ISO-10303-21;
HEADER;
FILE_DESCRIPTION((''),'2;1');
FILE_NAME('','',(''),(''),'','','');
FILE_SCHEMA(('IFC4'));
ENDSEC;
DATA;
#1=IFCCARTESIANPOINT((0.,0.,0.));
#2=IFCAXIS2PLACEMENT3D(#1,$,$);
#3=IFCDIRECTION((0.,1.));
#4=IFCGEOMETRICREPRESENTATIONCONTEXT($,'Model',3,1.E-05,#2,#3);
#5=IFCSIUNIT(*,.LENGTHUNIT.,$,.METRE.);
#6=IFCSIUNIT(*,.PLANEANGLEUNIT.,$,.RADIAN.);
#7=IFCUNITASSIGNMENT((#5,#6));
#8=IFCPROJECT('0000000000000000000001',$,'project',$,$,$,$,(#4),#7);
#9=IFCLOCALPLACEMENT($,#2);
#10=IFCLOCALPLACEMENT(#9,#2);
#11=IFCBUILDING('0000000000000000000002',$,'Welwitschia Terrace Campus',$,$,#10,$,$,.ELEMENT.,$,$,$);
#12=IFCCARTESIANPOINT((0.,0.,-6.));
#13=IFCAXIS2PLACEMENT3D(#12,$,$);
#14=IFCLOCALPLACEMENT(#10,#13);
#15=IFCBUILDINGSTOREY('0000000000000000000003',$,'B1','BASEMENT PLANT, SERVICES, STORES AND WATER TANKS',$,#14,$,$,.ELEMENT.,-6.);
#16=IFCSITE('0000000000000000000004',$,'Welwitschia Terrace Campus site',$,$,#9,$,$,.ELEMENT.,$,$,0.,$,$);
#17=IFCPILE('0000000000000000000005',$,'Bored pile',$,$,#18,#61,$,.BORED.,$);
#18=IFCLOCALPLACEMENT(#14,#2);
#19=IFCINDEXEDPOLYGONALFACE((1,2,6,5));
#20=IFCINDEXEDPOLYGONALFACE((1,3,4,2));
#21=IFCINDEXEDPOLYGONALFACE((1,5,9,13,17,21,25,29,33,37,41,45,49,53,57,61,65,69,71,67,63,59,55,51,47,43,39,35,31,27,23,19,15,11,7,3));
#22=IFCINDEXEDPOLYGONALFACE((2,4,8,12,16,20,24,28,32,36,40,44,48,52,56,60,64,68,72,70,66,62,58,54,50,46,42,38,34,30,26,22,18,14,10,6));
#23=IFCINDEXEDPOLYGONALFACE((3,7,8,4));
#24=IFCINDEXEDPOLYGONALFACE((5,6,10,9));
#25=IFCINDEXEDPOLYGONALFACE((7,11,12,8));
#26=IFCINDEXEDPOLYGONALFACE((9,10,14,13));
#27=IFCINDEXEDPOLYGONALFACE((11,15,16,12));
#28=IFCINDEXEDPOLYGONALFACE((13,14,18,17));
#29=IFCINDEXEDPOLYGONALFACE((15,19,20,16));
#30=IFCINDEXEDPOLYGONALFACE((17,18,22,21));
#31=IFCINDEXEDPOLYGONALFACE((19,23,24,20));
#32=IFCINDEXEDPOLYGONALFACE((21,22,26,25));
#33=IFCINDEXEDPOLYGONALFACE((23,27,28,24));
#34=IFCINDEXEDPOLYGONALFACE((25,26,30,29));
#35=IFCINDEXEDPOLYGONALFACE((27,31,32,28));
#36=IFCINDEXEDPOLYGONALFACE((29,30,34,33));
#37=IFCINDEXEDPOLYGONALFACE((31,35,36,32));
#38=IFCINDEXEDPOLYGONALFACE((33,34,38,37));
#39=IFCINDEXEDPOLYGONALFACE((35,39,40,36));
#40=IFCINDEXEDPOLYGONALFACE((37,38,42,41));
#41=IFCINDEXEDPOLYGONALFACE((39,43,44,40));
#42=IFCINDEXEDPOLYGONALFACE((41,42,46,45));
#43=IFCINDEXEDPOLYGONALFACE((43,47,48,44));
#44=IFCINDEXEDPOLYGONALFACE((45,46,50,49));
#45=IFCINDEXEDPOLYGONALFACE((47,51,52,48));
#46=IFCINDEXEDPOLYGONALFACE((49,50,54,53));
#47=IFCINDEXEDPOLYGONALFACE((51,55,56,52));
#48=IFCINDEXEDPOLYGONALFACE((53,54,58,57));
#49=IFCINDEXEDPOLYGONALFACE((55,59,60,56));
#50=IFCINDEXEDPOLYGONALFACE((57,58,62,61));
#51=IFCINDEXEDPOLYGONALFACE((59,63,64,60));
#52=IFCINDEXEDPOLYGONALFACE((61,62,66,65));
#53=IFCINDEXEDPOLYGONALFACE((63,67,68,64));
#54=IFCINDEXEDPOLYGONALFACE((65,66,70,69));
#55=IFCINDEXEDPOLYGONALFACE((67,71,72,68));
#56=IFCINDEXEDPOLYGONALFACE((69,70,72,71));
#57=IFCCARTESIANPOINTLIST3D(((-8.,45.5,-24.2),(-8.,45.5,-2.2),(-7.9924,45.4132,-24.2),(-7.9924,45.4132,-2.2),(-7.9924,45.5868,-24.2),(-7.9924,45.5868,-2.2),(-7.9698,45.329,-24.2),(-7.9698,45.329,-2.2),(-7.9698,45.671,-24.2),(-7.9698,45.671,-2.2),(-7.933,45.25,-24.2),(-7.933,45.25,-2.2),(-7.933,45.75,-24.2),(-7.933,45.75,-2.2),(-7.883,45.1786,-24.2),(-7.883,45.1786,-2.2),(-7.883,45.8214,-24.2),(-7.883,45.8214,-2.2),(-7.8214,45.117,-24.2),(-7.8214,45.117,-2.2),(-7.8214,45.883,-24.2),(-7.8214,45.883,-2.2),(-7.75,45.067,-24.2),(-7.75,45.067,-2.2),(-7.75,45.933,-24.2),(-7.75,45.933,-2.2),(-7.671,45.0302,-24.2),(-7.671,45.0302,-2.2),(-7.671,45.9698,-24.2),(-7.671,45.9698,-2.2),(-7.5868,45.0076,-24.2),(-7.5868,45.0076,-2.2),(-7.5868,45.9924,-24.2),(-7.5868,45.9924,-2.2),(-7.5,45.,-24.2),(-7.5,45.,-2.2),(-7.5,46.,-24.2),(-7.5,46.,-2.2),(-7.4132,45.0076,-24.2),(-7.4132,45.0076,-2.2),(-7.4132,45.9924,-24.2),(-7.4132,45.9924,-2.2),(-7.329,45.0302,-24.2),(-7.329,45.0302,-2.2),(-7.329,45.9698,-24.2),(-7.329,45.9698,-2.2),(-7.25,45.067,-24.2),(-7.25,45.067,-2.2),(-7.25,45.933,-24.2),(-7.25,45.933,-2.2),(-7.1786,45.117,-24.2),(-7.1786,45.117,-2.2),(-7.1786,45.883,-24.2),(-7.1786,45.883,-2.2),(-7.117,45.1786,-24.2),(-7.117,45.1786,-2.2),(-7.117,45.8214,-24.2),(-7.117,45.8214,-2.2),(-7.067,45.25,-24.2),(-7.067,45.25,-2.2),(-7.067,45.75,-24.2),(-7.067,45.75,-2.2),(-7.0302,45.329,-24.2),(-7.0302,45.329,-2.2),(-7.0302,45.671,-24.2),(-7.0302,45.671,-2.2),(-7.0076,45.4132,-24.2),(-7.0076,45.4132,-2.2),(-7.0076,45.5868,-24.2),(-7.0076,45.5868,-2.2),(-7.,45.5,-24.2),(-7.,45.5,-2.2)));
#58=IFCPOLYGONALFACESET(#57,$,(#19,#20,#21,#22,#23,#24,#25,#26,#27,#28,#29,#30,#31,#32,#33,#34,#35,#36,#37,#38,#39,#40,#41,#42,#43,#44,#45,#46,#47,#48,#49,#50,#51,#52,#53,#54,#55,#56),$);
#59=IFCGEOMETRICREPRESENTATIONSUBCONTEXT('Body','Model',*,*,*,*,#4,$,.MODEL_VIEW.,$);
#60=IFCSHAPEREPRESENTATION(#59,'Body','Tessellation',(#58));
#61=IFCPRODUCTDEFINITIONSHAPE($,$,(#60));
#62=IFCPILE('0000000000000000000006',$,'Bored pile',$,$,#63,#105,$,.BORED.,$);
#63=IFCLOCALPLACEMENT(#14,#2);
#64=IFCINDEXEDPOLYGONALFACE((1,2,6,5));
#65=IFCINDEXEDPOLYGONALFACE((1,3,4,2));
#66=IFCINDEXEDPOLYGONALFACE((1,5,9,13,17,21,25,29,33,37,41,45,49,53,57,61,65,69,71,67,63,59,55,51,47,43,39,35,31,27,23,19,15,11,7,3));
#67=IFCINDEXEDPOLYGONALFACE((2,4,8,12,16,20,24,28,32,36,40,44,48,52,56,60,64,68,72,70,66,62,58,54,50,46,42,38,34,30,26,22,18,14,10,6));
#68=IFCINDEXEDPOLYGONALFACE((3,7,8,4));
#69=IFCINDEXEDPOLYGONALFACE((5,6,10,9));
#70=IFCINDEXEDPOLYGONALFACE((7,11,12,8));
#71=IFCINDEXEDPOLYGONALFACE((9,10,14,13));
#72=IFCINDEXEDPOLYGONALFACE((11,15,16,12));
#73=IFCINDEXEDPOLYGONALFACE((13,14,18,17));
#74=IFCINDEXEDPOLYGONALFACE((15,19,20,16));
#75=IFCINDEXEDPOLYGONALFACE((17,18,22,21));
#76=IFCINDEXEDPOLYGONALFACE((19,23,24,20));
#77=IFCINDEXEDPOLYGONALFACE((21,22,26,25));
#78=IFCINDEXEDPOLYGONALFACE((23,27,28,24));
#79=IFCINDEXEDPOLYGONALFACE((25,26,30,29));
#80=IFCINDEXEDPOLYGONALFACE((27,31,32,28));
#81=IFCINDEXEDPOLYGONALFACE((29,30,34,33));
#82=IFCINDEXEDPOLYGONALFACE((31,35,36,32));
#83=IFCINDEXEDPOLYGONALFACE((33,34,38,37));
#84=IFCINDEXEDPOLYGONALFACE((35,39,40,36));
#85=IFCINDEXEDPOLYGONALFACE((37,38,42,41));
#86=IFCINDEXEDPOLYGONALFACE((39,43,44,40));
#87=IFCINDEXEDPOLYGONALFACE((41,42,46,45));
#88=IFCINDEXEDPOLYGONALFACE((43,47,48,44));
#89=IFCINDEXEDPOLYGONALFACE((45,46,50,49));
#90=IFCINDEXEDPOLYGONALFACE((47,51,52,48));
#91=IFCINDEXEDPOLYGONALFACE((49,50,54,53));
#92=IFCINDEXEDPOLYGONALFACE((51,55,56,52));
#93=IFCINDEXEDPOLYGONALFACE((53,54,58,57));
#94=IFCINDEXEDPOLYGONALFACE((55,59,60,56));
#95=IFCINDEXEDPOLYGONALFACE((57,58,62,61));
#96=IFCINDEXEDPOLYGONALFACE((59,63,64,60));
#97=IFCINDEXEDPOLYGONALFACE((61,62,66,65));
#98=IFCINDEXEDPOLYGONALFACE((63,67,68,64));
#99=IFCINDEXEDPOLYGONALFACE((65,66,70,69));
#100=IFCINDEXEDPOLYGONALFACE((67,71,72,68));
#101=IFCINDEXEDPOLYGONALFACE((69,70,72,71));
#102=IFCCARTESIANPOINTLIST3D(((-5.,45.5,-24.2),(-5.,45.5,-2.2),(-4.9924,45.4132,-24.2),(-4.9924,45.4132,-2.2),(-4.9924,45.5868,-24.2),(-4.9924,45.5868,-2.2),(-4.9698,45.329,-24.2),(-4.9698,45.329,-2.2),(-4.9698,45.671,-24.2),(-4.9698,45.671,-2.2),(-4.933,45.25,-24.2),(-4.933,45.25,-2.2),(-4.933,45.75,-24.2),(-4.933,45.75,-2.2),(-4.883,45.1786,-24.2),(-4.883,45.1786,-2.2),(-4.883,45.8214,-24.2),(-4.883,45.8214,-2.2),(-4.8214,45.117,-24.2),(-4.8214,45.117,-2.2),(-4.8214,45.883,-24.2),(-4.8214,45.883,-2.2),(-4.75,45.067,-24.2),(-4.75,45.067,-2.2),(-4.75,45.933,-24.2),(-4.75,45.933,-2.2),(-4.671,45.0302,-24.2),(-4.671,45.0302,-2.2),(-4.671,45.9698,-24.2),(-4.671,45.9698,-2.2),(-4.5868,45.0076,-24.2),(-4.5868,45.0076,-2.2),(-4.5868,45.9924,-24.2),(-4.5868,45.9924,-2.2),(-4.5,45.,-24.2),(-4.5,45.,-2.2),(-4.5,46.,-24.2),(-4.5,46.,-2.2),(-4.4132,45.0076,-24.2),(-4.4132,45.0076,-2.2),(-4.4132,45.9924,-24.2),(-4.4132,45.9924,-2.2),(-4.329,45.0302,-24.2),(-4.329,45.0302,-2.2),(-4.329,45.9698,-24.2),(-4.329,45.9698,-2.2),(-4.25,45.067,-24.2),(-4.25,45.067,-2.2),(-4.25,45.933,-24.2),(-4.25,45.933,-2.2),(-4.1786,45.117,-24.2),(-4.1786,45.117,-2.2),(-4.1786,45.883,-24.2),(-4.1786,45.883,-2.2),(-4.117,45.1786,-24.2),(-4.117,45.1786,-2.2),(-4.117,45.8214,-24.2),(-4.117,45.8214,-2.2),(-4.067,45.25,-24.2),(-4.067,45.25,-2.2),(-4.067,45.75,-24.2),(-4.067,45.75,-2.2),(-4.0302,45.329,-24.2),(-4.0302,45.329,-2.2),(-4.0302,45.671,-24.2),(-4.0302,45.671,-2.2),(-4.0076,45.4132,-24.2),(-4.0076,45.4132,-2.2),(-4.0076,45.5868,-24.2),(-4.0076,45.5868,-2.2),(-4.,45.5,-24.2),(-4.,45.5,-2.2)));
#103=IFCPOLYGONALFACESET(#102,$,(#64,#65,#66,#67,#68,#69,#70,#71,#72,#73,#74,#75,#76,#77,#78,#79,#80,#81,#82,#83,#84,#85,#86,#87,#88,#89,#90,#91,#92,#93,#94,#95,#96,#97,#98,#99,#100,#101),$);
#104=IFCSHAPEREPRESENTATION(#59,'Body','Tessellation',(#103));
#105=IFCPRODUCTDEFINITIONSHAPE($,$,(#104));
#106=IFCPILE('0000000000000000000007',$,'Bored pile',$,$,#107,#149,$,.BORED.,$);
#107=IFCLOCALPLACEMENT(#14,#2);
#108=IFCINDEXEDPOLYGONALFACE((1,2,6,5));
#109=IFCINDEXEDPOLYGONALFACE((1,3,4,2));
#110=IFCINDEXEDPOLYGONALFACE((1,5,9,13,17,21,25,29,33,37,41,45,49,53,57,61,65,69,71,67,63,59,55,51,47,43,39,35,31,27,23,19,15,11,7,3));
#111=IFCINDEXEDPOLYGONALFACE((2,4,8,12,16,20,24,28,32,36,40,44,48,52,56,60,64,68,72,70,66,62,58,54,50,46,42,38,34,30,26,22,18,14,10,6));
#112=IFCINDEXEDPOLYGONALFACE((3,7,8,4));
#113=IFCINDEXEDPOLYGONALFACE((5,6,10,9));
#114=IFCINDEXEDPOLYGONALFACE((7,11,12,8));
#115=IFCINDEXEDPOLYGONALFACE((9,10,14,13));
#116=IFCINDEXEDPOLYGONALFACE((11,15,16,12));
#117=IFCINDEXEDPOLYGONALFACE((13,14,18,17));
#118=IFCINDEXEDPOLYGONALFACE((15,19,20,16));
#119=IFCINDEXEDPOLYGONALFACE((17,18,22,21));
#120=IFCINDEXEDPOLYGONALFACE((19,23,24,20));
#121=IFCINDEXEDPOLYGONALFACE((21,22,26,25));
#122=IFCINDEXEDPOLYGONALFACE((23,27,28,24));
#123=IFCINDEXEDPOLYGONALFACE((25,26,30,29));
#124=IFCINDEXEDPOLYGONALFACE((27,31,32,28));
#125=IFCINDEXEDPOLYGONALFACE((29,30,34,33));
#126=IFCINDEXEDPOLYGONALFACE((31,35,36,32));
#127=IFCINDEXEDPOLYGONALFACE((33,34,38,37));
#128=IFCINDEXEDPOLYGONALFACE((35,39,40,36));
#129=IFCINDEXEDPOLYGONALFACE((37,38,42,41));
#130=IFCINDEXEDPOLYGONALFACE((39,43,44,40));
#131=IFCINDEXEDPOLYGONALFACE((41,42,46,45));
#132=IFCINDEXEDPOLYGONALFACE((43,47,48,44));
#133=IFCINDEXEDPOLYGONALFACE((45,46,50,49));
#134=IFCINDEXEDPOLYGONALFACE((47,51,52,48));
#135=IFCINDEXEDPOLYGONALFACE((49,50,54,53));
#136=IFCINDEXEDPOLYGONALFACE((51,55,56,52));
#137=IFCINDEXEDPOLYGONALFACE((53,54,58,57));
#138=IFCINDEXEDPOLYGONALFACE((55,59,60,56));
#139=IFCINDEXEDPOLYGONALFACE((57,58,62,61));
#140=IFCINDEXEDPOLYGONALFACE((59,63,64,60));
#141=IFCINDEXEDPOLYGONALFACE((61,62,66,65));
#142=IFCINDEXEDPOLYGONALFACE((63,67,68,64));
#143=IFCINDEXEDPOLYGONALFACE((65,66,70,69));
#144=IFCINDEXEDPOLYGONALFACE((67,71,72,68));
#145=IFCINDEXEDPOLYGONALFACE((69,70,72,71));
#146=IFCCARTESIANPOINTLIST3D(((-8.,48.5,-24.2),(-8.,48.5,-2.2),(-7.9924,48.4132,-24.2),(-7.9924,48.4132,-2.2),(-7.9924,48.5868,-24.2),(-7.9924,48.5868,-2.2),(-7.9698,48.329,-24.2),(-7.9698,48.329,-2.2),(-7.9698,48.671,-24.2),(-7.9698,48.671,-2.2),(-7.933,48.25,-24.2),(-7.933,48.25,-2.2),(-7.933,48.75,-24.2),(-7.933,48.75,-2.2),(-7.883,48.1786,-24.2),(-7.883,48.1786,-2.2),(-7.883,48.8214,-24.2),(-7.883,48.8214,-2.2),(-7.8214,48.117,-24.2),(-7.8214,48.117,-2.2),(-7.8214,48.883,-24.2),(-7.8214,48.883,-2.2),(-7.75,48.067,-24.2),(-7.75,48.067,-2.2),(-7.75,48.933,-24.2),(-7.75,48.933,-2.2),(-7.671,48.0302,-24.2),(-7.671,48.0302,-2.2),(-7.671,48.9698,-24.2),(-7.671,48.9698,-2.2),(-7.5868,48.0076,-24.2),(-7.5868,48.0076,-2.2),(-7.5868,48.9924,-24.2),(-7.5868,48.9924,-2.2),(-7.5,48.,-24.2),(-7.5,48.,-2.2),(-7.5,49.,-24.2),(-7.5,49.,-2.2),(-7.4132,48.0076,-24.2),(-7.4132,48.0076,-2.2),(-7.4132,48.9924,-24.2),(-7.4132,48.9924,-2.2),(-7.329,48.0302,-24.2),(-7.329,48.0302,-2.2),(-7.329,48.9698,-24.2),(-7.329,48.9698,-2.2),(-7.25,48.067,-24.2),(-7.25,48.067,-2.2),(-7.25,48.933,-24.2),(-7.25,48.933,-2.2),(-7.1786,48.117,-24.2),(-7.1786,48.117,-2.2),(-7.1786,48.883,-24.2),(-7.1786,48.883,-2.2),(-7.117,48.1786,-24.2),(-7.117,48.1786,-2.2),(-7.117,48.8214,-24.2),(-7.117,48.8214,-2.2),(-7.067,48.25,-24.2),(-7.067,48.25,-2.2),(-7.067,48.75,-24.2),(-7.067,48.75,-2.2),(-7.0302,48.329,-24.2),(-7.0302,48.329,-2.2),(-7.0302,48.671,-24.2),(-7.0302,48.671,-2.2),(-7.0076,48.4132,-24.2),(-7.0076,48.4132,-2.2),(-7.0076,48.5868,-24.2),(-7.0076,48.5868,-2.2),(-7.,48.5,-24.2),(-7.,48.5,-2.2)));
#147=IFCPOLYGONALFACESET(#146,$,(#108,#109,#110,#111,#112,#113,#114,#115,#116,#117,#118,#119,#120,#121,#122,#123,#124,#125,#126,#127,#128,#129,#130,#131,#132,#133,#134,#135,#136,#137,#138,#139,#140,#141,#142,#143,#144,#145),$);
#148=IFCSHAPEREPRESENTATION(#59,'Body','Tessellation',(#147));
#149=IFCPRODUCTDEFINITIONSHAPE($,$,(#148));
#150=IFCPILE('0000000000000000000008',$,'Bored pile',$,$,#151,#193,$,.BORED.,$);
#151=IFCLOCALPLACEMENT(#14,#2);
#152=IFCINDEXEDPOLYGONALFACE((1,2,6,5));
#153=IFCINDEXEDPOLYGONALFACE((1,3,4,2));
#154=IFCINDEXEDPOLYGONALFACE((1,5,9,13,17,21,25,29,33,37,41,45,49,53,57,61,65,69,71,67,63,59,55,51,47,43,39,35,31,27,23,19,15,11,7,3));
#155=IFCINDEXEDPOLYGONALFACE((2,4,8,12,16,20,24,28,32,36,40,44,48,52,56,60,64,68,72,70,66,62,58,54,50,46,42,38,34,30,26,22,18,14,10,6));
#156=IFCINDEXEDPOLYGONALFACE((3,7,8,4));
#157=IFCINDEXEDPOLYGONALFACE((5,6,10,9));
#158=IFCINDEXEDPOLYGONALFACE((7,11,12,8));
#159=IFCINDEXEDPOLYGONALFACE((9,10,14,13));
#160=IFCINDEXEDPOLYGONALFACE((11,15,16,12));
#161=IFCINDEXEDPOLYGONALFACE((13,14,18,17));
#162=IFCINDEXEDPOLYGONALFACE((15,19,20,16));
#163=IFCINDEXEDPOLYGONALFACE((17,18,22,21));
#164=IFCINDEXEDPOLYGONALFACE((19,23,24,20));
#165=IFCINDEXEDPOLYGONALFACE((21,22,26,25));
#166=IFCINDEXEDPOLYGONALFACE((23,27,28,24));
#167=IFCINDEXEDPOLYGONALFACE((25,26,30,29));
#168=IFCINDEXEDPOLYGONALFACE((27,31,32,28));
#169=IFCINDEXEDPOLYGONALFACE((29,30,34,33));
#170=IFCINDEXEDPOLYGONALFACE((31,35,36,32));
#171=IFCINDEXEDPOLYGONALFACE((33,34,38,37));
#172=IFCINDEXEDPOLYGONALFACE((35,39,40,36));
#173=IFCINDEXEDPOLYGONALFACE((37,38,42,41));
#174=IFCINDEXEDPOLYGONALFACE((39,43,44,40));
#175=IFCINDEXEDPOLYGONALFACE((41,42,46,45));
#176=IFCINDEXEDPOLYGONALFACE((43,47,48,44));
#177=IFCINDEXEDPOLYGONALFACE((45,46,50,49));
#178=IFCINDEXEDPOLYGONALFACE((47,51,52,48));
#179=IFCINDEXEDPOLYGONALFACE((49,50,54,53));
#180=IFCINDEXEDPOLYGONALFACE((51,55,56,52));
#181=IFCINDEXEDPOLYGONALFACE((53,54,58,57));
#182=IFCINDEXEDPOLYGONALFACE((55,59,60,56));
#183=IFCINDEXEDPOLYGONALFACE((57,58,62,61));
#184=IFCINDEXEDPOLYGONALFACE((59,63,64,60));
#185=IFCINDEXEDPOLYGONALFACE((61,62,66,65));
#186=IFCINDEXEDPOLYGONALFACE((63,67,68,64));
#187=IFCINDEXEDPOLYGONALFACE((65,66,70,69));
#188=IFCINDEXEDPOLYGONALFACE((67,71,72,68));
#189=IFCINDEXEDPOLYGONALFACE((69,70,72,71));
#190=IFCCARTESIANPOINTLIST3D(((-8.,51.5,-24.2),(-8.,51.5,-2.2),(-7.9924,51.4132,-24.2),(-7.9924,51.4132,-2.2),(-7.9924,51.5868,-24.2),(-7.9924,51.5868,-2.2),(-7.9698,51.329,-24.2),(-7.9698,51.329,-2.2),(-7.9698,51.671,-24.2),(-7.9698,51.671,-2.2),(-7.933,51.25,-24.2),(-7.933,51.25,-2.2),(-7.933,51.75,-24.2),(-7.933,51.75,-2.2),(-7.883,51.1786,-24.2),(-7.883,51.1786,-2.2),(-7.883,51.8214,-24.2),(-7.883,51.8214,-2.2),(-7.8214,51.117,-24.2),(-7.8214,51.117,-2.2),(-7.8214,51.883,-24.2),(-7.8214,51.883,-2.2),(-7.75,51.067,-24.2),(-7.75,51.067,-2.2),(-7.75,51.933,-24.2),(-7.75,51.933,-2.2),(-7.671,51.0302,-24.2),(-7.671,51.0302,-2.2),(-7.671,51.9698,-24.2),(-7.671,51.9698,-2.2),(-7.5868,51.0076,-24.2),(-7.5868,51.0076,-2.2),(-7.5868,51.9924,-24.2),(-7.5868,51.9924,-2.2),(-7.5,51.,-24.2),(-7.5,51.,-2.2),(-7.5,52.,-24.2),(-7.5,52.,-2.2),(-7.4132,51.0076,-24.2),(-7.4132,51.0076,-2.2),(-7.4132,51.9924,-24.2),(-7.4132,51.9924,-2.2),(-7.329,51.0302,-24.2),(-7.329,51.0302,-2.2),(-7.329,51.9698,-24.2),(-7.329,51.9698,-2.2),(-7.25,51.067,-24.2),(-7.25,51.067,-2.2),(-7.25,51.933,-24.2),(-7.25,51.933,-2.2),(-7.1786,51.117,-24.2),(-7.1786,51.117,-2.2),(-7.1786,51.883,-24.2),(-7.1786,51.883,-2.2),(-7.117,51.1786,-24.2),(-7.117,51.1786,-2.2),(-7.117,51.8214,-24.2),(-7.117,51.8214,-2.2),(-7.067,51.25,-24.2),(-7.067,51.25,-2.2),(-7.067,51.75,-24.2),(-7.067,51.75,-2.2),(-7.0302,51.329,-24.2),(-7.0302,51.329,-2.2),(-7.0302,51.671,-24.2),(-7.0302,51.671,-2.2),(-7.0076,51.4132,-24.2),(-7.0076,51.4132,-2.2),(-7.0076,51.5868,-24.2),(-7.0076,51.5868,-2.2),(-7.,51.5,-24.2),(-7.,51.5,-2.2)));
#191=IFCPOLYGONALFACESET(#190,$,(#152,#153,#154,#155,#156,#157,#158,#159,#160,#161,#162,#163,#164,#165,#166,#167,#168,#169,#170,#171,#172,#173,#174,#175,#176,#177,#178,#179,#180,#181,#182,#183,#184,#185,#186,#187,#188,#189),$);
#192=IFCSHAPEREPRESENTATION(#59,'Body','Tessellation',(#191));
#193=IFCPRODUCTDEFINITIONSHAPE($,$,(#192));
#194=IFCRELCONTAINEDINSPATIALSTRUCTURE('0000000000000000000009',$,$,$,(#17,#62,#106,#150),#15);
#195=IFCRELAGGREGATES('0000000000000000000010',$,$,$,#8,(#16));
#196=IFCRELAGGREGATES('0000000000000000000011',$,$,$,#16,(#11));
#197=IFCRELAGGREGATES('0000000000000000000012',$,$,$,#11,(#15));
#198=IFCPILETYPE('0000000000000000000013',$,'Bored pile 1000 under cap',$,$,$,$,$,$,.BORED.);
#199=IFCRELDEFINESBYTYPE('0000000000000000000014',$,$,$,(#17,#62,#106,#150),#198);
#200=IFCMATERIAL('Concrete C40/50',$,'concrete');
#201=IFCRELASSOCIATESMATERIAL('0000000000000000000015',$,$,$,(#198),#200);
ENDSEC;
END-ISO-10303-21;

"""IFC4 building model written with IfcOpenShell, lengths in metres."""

from ifc_helpers import new_model, si_unit, direction, frame, origin, origin_2d, place, context, subcontext, project, spatial, circle, extrude, material, type_object, element, save


model = new_model("IFC4")

# Units and contexts
model_context = context("Model", 3, precision=1e-05, world=origin(), true_north=direction((0.0, 1.0)))
body_context = subcontext(model_context, "Body", "Model", "MODEL_VIEW")
ifc_project = project(units=[si_unit("LENGTHUNIT", "METRE"), si_unit("PLANEANGLEUNIT", "RADIAN")], contexts=[model_context])

# Site, building, storey
site_placement = place(None, origin())
site = spatial("IfcSite", under=ifc_project, at=site_placement, Name="Welwitschia Terrace Campus site", CompositionType="ELEMENT", RefElevation=0.0)
building_placement = place(site_placement, origin())
building = spatial("IfcBuilding", under=site, at=building_placement, Name="Welwitschia Terrace Campus", CompositionType="ELEMENT")
storey_placement = place(building_placement, frame((0.0, 0.0, -6.0)))
storey = spatial("IfcBuildingStorey", under=building, at=storey_placement, Name="B1", Description="BASEMENT PLANT, SERVICES, STORES AND WATER TANKS", CompositionType="ELEMENT", Elevation=-6.0)

# Piles
ifc_material_1 = material(Name="Concrete C40/50", Category="concrete")
pile_type = type_object("IfcPileType", Name="Bored pile 1000 under cap", PredefinedType="BORED", material=ifc_material_1)
for number, where, z_axis, x_axis, name in (
    (1, (-7.5, 45.5, -2.2), (0.0, 0.0, -1.0), (1.0, 0.0, 0.0), "Bored pile"),
    (2, (-4.5, 45.5, -2.2), (0.0, 0.0, -1.0), (1.0, 0.0, 0.0), "Bored pile"),
    (3, (-7.5, 48.5, -2.2), (0.0, 0.0, -1.0), (1.0, 0.0, 0.0), "Bored pile"),
    (4, (-7.5, 51.5, -2.2), (0.0, 0.0, -1.0), (1.0, 0.0, 0.0), "Bored pile"),
):
    element("IfcPile", number, at=place(storey_placement, frame(where, z_axis=z_axis, x_axis=x_axis)), inside=storey, type_object=pile_type, Name=name, PredefinedType="BORED", context=body_context, shape_type="SweptSolid", body=[
        extrude(circle(Radius=0.5, at=origin_2d()), origin(), (0.0, 0.0, 1.0), 22.0),
    ])

save(model, "model.ifc")
